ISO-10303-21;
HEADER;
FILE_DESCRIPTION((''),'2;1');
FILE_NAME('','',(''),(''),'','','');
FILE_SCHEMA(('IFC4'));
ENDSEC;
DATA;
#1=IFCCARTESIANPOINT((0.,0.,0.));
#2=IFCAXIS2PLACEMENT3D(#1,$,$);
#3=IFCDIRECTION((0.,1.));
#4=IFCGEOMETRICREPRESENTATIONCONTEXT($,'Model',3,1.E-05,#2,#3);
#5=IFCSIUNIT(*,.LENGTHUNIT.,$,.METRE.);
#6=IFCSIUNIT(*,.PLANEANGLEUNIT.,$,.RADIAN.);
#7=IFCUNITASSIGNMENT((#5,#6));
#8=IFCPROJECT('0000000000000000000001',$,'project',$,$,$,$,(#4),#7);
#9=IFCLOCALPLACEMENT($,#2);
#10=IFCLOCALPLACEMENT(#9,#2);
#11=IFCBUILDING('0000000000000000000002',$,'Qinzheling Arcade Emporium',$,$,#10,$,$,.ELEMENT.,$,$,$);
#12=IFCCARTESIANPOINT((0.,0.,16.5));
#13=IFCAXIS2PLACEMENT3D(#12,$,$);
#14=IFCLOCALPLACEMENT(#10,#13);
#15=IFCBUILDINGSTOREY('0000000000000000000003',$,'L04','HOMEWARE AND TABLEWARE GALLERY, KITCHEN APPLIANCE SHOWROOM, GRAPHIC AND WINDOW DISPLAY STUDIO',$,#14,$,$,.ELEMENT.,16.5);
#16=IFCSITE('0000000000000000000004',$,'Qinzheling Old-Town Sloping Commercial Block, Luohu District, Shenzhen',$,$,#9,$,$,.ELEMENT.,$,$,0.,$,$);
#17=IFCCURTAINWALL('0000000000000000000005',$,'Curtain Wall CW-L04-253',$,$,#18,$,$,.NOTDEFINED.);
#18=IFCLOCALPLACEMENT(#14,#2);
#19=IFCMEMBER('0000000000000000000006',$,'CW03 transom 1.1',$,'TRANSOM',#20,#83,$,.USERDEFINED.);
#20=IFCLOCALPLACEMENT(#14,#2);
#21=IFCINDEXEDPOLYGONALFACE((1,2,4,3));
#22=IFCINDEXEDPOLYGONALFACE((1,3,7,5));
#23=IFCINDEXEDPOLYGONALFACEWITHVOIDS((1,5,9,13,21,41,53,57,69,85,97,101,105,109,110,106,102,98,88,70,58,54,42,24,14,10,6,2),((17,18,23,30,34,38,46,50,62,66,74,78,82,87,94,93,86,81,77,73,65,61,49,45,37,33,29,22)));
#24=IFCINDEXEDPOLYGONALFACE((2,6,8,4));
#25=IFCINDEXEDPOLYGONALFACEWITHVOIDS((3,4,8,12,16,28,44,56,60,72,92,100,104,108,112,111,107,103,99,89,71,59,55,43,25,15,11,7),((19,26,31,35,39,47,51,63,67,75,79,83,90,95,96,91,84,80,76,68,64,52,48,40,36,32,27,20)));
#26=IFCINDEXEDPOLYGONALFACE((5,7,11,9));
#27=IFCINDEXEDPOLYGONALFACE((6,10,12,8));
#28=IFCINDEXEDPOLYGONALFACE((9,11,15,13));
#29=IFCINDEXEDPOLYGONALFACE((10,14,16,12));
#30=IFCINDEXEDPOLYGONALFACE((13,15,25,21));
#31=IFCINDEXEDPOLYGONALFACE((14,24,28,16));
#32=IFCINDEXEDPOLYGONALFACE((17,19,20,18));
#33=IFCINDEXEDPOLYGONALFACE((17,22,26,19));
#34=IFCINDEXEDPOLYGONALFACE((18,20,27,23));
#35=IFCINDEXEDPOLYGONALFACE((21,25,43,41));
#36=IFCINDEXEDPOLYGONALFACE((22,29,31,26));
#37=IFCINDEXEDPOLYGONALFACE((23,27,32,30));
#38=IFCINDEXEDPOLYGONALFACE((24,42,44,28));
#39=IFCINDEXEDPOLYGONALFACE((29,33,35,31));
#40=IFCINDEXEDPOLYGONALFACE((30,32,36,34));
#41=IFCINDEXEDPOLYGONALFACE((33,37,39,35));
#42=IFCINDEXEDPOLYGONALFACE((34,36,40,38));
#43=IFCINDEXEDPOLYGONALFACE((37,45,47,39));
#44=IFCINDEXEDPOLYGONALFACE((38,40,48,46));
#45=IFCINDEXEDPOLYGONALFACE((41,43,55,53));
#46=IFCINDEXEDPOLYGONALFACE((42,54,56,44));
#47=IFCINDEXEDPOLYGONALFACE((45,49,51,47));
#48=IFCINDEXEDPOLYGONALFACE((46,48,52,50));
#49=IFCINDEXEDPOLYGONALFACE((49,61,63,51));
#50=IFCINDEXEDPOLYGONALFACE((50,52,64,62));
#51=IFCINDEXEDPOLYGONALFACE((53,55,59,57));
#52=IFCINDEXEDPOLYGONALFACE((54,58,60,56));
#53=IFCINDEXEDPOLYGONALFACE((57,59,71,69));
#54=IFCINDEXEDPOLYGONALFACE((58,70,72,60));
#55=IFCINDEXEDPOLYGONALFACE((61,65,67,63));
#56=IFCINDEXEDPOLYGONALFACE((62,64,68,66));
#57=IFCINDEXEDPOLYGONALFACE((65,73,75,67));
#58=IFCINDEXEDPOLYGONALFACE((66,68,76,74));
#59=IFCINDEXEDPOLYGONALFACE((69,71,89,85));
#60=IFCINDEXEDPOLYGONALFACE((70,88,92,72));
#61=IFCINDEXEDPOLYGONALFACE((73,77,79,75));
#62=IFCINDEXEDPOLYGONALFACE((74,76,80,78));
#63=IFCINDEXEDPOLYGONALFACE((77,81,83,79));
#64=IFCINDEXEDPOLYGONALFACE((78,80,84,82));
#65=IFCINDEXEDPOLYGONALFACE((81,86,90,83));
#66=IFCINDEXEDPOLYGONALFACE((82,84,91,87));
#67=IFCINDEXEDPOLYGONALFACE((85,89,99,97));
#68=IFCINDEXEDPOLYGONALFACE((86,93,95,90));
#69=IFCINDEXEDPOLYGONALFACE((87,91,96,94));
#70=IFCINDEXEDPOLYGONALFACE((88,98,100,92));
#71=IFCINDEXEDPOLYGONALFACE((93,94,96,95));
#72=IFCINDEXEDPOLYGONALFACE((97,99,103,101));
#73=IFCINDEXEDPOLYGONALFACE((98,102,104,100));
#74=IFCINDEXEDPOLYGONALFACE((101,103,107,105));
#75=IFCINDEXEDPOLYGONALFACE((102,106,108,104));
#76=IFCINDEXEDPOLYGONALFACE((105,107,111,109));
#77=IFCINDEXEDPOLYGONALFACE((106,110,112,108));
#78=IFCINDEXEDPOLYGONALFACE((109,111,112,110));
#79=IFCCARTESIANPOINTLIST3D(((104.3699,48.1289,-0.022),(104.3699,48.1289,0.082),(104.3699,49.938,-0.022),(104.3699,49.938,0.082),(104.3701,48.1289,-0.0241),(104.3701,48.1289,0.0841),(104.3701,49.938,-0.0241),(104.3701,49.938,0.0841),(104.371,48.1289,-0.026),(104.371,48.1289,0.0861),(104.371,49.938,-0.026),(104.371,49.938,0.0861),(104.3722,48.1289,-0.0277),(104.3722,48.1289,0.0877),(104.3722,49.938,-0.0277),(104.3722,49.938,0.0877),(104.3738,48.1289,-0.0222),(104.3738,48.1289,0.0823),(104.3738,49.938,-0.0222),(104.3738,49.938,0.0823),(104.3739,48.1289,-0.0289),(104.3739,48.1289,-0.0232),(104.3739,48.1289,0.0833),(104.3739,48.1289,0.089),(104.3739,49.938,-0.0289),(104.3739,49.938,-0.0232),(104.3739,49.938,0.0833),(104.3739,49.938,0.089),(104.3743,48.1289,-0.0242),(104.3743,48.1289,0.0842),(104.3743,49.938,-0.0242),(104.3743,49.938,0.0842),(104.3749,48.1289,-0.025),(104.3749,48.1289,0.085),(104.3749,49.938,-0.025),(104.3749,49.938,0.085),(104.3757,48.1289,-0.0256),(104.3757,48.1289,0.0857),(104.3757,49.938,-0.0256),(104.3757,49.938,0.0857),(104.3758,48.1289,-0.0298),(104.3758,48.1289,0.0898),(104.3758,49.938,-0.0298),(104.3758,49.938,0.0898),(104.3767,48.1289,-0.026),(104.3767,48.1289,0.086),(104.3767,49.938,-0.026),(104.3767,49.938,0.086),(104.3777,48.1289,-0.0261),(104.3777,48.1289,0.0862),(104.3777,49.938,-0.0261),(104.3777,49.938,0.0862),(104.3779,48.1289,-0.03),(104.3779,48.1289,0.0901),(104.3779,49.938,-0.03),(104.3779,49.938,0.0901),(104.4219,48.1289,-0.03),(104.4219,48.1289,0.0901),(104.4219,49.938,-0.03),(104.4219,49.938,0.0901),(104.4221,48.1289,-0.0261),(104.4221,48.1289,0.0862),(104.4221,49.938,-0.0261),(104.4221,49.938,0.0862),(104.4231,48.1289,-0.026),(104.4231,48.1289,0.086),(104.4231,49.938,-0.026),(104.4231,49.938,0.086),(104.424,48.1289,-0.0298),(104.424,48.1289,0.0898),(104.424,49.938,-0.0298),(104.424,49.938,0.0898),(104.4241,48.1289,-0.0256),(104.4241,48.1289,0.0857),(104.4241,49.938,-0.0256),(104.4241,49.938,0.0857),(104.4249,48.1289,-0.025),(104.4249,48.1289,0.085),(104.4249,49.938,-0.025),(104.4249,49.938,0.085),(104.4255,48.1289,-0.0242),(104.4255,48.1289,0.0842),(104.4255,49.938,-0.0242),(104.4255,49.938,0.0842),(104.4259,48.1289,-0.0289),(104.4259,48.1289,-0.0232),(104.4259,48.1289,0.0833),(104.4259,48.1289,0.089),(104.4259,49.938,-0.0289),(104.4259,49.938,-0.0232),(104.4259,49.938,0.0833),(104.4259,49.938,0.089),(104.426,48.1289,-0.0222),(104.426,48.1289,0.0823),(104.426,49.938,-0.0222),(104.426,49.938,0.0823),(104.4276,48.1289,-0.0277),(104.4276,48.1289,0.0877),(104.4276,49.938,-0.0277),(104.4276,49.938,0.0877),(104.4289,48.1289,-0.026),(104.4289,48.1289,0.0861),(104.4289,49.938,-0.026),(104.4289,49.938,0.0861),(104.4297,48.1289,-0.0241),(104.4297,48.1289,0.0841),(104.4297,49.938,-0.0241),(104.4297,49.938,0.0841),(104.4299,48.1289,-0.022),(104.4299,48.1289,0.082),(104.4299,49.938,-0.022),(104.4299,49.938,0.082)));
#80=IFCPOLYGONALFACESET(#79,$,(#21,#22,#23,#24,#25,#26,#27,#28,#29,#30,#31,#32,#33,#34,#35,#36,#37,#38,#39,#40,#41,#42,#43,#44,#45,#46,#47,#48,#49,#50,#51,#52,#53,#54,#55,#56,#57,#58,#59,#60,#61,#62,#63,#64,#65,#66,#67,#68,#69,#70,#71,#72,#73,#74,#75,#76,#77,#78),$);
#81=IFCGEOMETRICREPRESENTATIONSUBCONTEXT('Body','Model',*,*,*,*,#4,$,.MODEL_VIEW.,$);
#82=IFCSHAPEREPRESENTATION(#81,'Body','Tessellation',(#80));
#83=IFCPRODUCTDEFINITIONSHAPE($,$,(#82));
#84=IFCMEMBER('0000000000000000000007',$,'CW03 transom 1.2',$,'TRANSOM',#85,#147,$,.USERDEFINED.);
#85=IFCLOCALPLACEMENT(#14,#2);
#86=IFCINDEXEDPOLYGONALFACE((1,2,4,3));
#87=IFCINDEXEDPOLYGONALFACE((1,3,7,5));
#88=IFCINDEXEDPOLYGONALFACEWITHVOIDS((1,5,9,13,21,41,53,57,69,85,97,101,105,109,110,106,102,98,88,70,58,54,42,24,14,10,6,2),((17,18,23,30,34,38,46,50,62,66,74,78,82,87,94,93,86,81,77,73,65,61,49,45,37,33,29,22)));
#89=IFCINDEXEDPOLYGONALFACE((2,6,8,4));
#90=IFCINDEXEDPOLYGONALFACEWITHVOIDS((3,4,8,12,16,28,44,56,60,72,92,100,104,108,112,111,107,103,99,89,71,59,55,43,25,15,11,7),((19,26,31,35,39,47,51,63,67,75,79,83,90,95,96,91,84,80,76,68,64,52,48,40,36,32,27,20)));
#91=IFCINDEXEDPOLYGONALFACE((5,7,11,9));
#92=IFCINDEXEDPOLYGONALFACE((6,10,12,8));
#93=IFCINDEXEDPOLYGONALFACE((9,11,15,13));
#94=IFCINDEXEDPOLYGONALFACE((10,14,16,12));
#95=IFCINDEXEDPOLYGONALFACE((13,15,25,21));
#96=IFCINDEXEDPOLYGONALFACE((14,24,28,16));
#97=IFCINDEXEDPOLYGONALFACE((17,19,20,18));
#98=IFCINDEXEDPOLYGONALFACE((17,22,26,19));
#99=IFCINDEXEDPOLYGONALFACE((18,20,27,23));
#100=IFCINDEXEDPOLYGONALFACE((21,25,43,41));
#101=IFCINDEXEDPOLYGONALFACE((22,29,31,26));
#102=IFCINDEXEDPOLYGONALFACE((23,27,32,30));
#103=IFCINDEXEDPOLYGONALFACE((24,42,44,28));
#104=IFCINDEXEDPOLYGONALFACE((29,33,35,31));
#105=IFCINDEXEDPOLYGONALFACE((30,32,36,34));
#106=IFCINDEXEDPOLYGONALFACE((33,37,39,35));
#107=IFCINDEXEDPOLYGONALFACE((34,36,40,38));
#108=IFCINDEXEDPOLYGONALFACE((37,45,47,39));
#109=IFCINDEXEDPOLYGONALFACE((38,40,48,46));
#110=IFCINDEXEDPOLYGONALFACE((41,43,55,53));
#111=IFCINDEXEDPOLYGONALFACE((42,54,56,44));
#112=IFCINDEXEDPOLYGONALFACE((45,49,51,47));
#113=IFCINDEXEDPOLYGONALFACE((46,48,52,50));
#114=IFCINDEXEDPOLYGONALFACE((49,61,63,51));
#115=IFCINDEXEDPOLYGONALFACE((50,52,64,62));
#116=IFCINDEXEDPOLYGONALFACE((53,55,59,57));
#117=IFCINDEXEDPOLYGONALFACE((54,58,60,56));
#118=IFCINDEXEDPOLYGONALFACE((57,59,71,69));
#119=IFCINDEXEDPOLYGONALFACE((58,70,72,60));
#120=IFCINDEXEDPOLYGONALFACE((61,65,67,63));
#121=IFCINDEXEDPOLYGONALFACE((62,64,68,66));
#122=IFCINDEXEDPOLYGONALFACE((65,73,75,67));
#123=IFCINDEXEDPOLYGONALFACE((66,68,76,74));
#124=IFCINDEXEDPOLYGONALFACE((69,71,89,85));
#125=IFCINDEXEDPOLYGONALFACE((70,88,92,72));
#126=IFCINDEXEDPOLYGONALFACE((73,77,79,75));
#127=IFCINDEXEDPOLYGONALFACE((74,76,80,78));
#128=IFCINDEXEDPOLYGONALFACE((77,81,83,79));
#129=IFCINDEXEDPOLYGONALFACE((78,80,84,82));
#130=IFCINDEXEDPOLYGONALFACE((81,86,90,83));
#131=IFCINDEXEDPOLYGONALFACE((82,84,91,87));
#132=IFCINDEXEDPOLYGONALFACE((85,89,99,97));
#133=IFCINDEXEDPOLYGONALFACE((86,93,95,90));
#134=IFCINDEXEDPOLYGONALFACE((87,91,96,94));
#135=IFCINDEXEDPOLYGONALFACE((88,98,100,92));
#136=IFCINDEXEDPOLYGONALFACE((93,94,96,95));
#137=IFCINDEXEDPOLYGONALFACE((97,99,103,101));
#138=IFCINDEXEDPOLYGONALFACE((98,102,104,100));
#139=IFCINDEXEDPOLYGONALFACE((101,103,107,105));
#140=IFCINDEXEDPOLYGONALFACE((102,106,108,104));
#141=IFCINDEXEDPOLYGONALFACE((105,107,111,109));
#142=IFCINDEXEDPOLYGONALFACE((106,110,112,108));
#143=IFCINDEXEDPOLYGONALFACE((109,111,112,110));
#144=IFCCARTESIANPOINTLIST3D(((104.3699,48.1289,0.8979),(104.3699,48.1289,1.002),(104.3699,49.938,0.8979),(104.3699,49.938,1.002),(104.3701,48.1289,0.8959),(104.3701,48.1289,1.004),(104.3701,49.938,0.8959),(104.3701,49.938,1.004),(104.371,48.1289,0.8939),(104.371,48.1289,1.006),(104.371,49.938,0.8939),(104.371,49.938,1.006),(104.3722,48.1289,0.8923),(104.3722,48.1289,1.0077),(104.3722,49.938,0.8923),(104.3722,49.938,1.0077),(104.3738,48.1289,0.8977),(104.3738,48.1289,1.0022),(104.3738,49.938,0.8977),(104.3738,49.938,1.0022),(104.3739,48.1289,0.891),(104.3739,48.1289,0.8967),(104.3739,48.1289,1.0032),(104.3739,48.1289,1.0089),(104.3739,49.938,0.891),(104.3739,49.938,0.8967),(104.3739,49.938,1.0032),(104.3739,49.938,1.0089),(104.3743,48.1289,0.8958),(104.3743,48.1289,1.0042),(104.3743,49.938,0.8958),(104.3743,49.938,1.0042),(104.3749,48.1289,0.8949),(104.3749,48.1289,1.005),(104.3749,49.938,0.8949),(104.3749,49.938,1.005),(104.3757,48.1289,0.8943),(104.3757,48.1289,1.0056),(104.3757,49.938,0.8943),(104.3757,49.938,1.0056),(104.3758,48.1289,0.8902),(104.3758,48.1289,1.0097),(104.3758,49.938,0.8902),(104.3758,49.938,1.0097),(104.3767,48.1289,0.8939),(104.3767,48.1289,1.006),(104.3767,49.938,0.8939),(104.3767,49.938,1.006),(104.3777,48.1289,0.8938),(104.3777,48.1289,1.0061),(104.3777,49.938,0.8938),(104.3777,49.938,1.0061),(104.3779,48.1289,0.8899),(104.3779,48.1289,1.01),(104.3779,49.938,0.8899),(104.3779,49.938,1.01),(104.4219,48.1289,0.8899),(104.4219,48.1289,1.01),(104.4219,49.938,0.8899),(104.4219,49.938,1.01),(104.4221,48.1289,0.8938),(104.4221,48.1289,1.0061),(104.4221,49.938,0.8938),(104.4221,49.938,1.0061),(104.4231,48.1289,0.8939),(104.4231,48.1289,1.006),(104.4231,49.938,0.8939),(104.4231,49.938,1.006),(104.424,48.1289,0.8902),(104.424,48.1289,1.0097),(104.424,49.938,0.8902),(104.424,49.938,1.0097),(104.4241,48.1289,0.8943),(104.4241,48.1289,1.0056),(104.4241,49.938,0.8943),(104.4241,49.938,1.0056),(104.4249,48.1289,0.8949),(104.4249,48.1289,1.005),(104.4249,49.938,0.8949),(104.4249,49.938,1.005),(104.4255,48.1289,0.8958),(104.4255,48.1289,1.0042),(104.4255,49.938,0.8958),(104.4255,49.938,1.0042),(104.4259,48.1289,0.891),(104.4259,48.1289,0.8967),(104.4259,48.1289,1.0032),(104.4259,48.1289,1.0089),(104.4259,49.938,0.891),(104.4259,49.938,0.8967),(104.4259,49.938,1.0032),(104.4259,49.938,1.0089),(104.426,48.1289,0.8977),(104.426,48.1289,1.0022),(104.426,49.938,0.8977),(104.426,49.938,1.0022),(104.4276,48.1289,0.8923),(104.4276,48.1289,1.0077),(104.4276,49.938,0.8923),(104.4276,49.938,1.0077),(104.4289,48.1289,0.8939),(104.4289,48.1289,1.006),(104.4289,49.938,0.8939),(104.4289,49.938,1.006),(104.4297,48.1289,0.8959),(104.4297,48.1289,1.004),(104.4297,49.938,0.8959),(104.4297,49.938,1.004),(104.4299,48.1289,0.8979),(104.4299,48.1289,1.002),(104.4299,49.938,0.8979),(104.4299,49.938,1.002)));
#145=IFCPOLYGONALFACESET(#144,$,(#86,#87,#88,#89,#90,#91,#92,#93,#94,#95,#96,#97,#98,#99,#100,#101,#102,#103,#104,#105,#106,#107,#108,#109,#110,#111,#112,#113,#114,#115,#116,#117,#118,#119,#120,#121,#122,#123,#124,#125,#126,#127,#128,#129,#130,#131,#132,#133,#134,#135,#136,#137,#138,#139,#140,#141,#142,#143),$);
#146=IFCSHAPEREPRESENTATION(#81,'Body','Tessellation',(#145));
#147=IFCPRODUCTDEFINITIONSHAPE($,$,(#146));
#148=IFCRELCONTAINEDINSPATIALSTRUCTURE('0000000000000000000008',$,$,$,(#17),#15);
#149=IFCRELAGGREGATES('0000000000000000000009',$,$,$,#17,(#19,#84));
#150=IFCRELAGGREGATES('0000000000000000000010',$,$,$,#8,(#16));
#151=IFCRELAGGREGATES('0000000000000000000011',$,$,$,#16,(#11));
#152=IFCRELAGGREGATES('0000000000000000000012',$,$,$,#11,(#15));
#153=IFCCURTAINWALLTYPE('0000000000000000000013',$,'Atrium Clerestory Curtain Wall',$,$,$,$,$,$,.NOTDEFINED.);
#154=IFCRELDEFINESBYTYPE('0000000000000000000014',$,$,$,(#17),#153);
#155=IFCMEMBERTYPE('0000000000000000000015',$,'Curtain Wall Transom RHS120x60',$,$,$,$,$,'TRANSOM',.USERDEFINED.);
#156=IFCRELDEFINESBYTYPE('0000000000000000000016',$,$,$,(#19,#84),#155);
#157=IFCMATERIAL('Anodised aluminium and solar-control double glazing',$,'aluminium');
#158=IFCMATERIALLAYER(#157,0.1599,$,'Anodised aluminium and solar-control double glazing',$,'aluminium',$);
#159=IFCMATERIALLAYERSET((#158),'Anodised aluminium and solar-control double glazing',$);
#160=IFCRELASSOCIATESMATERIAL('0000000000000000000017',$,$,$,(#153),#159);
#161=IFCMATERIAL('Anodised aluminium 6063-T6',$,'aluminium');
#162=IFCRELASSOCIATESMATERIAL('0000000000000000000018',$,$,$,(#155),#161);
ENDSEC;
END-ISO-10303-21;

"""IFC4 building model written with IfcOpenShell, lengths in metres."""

from ifc_helpers import new_model, si_unit, direction, frame, origin, origin_2d, place, context, subcontext, project, spatial, hollow_rectangle, extrude, material, layer, layer_set, material_profile, profile_set, type_object, element, aggregate, save


model = new_model("IFC4")

# Units and contexts
model_context = context("Model", 3, precision=1e-05, world=origin(), true_north=direction((0.0, 1.0)))
body_context = subcontext(model_context, "Body", "Model", "MODEL_VIEW")
ifc_project = project(units=[si_unit("LENGTHUNIT", "METRE"), si_unit("PLANEANGLEUNIT", "RADIAN")], contexts=[model_context])

# Site, building, storey
site_placement = place(None, origin())
site = spatial("IfcSite", under=ifc_project, at=site_placement, Name="Qinzheling Old-Town Sloping Commercial Block, Luohu District, Shenzhen", CompositionType="ELEMENT", RefElevation=0.0)
building_placement = place(site_placement, origin())
building = spatial("IfcBuilding", under=site, at=building_placement, Name="Qinzheling Arcade Emporium", CompositionType="ELEMENT")
storey_placement = place(building_placement, frame((0.0, 0.0, 16.5)))
storey = spatial("IfcBuildingStorey", under=building, at=storey_placement, Name="L04", Description="HOMEWARE AND TABLEWARE GALLERY, KITCHEN APPLIANCE SHOWROOM, GRAPHIC AND WINDOW DISPLAY STUDIO", CompositionType="ELEMENT", Elevation=16.5)

# Shared definitions
ifc_material_1 = material(Name="Anodised aluminium and solar-control double glazing", Category="aluminium")
ifc_layer_1 = layer(ifc_material_1, 0.1599, Name="Anodised aluminium and solar-control double glazing", Category="aluminium")
ifc_layer_set_1 = layer_set([ifc_layer_1], Name="Anodised aluminium and solar-control double glazing")
curtain_wall_type = type_object("IfcCurtainWallType", Name="Atrium Clerestory Curtain Wall", PredefinedType="NOTDEFINED", material=ifc_layer_set_1)
ifc_material_2 = material(Name="Anodised aluminium 6063-T6", Category="aluminium")

# Curtain wall, members
curtain_wall_1_placement = place(storey_placement, origin())
curtain_wall_1 = element("IfcCurtainWall", 1, at=curtain_wall_1_placement, inside=storey, type_object=curtain_wall_type, Name="Curtain Wall CW-L04-253", PredefinedType="NOTDEFINED")
ifc_material_profile_1 = material_profile(ifc_material_2, hollow_rectangle(XDim=0.0601, YDim=0.1201, WallThickness=0.0039, InnerFilletRadius=0.0039, OuterFilletRadius=0.0081, at=origin_2d()), Name="RHS 120x60x4", Category="aluminium")
ifc_profile_set_1 = profile_set([ifc_material_profile_1], Name="Anodised aluminium 6063-T6")
member_type_1 = type_object("IfcMemberType", Name="Curtain Wall Transom RHS120x60", ElementType="TRANSOM", PredefinedType="USERDEFINED", material=ifc_profile_set_1)
member_1_placement = place(storey_placement, frame((104.3999, 49.938, 0.03), z_axis=(0.0, -1.0, 0.0), x_axis=(1.0, 0.0, 0.0)))
member_1 = element("IfcMember", 2, at=member_1_placement, type_object=member_type_1, Name="CW03 transom 1.1", ObjectType="TRANSOM", PredefinedType="USERDEFINED", context=body_context, shape_type="SweptSolid", body=[
    extrude(hollow_rectangle(XDim=0.0601, YDim=0.1201, WallThickness=0.0039, InnerFilletRadius=0.0039, OuterFilletRadius=0.0081, at=origin_2d()), origin(), (0.0, 0.0, 1.0), 1.8091),
])
member_2_placement = place(storey_placement, frame((104.3999, 49.938, 0.95), z_axis=(0.0, -1.0, 0.0), x_axis=(1.0, 0.0, 0.0)))
member_2 = element("IfcMember", 3, at=member_2_placement, type_object=member_type_1, Name="CW03 transom 1.2", ObjectType="TRANSOM", PredefinedType="USERDEFINED", context=body_context, shape_type="SweptSolid", body=[
    extrude(hollow_rectangle(XDim=0.0601, YDim=0.1201, WallThickness=0.0039, InnerFilletRadius=0.0039, OuterFilletRadius=0.0081, at=origin_2d()), origin(), (0.0, 0.0, 1.0), 1.8091),
])
aggregate(curtain_wall_1, [member_1, member_2])

save(model, "model.ifc")
